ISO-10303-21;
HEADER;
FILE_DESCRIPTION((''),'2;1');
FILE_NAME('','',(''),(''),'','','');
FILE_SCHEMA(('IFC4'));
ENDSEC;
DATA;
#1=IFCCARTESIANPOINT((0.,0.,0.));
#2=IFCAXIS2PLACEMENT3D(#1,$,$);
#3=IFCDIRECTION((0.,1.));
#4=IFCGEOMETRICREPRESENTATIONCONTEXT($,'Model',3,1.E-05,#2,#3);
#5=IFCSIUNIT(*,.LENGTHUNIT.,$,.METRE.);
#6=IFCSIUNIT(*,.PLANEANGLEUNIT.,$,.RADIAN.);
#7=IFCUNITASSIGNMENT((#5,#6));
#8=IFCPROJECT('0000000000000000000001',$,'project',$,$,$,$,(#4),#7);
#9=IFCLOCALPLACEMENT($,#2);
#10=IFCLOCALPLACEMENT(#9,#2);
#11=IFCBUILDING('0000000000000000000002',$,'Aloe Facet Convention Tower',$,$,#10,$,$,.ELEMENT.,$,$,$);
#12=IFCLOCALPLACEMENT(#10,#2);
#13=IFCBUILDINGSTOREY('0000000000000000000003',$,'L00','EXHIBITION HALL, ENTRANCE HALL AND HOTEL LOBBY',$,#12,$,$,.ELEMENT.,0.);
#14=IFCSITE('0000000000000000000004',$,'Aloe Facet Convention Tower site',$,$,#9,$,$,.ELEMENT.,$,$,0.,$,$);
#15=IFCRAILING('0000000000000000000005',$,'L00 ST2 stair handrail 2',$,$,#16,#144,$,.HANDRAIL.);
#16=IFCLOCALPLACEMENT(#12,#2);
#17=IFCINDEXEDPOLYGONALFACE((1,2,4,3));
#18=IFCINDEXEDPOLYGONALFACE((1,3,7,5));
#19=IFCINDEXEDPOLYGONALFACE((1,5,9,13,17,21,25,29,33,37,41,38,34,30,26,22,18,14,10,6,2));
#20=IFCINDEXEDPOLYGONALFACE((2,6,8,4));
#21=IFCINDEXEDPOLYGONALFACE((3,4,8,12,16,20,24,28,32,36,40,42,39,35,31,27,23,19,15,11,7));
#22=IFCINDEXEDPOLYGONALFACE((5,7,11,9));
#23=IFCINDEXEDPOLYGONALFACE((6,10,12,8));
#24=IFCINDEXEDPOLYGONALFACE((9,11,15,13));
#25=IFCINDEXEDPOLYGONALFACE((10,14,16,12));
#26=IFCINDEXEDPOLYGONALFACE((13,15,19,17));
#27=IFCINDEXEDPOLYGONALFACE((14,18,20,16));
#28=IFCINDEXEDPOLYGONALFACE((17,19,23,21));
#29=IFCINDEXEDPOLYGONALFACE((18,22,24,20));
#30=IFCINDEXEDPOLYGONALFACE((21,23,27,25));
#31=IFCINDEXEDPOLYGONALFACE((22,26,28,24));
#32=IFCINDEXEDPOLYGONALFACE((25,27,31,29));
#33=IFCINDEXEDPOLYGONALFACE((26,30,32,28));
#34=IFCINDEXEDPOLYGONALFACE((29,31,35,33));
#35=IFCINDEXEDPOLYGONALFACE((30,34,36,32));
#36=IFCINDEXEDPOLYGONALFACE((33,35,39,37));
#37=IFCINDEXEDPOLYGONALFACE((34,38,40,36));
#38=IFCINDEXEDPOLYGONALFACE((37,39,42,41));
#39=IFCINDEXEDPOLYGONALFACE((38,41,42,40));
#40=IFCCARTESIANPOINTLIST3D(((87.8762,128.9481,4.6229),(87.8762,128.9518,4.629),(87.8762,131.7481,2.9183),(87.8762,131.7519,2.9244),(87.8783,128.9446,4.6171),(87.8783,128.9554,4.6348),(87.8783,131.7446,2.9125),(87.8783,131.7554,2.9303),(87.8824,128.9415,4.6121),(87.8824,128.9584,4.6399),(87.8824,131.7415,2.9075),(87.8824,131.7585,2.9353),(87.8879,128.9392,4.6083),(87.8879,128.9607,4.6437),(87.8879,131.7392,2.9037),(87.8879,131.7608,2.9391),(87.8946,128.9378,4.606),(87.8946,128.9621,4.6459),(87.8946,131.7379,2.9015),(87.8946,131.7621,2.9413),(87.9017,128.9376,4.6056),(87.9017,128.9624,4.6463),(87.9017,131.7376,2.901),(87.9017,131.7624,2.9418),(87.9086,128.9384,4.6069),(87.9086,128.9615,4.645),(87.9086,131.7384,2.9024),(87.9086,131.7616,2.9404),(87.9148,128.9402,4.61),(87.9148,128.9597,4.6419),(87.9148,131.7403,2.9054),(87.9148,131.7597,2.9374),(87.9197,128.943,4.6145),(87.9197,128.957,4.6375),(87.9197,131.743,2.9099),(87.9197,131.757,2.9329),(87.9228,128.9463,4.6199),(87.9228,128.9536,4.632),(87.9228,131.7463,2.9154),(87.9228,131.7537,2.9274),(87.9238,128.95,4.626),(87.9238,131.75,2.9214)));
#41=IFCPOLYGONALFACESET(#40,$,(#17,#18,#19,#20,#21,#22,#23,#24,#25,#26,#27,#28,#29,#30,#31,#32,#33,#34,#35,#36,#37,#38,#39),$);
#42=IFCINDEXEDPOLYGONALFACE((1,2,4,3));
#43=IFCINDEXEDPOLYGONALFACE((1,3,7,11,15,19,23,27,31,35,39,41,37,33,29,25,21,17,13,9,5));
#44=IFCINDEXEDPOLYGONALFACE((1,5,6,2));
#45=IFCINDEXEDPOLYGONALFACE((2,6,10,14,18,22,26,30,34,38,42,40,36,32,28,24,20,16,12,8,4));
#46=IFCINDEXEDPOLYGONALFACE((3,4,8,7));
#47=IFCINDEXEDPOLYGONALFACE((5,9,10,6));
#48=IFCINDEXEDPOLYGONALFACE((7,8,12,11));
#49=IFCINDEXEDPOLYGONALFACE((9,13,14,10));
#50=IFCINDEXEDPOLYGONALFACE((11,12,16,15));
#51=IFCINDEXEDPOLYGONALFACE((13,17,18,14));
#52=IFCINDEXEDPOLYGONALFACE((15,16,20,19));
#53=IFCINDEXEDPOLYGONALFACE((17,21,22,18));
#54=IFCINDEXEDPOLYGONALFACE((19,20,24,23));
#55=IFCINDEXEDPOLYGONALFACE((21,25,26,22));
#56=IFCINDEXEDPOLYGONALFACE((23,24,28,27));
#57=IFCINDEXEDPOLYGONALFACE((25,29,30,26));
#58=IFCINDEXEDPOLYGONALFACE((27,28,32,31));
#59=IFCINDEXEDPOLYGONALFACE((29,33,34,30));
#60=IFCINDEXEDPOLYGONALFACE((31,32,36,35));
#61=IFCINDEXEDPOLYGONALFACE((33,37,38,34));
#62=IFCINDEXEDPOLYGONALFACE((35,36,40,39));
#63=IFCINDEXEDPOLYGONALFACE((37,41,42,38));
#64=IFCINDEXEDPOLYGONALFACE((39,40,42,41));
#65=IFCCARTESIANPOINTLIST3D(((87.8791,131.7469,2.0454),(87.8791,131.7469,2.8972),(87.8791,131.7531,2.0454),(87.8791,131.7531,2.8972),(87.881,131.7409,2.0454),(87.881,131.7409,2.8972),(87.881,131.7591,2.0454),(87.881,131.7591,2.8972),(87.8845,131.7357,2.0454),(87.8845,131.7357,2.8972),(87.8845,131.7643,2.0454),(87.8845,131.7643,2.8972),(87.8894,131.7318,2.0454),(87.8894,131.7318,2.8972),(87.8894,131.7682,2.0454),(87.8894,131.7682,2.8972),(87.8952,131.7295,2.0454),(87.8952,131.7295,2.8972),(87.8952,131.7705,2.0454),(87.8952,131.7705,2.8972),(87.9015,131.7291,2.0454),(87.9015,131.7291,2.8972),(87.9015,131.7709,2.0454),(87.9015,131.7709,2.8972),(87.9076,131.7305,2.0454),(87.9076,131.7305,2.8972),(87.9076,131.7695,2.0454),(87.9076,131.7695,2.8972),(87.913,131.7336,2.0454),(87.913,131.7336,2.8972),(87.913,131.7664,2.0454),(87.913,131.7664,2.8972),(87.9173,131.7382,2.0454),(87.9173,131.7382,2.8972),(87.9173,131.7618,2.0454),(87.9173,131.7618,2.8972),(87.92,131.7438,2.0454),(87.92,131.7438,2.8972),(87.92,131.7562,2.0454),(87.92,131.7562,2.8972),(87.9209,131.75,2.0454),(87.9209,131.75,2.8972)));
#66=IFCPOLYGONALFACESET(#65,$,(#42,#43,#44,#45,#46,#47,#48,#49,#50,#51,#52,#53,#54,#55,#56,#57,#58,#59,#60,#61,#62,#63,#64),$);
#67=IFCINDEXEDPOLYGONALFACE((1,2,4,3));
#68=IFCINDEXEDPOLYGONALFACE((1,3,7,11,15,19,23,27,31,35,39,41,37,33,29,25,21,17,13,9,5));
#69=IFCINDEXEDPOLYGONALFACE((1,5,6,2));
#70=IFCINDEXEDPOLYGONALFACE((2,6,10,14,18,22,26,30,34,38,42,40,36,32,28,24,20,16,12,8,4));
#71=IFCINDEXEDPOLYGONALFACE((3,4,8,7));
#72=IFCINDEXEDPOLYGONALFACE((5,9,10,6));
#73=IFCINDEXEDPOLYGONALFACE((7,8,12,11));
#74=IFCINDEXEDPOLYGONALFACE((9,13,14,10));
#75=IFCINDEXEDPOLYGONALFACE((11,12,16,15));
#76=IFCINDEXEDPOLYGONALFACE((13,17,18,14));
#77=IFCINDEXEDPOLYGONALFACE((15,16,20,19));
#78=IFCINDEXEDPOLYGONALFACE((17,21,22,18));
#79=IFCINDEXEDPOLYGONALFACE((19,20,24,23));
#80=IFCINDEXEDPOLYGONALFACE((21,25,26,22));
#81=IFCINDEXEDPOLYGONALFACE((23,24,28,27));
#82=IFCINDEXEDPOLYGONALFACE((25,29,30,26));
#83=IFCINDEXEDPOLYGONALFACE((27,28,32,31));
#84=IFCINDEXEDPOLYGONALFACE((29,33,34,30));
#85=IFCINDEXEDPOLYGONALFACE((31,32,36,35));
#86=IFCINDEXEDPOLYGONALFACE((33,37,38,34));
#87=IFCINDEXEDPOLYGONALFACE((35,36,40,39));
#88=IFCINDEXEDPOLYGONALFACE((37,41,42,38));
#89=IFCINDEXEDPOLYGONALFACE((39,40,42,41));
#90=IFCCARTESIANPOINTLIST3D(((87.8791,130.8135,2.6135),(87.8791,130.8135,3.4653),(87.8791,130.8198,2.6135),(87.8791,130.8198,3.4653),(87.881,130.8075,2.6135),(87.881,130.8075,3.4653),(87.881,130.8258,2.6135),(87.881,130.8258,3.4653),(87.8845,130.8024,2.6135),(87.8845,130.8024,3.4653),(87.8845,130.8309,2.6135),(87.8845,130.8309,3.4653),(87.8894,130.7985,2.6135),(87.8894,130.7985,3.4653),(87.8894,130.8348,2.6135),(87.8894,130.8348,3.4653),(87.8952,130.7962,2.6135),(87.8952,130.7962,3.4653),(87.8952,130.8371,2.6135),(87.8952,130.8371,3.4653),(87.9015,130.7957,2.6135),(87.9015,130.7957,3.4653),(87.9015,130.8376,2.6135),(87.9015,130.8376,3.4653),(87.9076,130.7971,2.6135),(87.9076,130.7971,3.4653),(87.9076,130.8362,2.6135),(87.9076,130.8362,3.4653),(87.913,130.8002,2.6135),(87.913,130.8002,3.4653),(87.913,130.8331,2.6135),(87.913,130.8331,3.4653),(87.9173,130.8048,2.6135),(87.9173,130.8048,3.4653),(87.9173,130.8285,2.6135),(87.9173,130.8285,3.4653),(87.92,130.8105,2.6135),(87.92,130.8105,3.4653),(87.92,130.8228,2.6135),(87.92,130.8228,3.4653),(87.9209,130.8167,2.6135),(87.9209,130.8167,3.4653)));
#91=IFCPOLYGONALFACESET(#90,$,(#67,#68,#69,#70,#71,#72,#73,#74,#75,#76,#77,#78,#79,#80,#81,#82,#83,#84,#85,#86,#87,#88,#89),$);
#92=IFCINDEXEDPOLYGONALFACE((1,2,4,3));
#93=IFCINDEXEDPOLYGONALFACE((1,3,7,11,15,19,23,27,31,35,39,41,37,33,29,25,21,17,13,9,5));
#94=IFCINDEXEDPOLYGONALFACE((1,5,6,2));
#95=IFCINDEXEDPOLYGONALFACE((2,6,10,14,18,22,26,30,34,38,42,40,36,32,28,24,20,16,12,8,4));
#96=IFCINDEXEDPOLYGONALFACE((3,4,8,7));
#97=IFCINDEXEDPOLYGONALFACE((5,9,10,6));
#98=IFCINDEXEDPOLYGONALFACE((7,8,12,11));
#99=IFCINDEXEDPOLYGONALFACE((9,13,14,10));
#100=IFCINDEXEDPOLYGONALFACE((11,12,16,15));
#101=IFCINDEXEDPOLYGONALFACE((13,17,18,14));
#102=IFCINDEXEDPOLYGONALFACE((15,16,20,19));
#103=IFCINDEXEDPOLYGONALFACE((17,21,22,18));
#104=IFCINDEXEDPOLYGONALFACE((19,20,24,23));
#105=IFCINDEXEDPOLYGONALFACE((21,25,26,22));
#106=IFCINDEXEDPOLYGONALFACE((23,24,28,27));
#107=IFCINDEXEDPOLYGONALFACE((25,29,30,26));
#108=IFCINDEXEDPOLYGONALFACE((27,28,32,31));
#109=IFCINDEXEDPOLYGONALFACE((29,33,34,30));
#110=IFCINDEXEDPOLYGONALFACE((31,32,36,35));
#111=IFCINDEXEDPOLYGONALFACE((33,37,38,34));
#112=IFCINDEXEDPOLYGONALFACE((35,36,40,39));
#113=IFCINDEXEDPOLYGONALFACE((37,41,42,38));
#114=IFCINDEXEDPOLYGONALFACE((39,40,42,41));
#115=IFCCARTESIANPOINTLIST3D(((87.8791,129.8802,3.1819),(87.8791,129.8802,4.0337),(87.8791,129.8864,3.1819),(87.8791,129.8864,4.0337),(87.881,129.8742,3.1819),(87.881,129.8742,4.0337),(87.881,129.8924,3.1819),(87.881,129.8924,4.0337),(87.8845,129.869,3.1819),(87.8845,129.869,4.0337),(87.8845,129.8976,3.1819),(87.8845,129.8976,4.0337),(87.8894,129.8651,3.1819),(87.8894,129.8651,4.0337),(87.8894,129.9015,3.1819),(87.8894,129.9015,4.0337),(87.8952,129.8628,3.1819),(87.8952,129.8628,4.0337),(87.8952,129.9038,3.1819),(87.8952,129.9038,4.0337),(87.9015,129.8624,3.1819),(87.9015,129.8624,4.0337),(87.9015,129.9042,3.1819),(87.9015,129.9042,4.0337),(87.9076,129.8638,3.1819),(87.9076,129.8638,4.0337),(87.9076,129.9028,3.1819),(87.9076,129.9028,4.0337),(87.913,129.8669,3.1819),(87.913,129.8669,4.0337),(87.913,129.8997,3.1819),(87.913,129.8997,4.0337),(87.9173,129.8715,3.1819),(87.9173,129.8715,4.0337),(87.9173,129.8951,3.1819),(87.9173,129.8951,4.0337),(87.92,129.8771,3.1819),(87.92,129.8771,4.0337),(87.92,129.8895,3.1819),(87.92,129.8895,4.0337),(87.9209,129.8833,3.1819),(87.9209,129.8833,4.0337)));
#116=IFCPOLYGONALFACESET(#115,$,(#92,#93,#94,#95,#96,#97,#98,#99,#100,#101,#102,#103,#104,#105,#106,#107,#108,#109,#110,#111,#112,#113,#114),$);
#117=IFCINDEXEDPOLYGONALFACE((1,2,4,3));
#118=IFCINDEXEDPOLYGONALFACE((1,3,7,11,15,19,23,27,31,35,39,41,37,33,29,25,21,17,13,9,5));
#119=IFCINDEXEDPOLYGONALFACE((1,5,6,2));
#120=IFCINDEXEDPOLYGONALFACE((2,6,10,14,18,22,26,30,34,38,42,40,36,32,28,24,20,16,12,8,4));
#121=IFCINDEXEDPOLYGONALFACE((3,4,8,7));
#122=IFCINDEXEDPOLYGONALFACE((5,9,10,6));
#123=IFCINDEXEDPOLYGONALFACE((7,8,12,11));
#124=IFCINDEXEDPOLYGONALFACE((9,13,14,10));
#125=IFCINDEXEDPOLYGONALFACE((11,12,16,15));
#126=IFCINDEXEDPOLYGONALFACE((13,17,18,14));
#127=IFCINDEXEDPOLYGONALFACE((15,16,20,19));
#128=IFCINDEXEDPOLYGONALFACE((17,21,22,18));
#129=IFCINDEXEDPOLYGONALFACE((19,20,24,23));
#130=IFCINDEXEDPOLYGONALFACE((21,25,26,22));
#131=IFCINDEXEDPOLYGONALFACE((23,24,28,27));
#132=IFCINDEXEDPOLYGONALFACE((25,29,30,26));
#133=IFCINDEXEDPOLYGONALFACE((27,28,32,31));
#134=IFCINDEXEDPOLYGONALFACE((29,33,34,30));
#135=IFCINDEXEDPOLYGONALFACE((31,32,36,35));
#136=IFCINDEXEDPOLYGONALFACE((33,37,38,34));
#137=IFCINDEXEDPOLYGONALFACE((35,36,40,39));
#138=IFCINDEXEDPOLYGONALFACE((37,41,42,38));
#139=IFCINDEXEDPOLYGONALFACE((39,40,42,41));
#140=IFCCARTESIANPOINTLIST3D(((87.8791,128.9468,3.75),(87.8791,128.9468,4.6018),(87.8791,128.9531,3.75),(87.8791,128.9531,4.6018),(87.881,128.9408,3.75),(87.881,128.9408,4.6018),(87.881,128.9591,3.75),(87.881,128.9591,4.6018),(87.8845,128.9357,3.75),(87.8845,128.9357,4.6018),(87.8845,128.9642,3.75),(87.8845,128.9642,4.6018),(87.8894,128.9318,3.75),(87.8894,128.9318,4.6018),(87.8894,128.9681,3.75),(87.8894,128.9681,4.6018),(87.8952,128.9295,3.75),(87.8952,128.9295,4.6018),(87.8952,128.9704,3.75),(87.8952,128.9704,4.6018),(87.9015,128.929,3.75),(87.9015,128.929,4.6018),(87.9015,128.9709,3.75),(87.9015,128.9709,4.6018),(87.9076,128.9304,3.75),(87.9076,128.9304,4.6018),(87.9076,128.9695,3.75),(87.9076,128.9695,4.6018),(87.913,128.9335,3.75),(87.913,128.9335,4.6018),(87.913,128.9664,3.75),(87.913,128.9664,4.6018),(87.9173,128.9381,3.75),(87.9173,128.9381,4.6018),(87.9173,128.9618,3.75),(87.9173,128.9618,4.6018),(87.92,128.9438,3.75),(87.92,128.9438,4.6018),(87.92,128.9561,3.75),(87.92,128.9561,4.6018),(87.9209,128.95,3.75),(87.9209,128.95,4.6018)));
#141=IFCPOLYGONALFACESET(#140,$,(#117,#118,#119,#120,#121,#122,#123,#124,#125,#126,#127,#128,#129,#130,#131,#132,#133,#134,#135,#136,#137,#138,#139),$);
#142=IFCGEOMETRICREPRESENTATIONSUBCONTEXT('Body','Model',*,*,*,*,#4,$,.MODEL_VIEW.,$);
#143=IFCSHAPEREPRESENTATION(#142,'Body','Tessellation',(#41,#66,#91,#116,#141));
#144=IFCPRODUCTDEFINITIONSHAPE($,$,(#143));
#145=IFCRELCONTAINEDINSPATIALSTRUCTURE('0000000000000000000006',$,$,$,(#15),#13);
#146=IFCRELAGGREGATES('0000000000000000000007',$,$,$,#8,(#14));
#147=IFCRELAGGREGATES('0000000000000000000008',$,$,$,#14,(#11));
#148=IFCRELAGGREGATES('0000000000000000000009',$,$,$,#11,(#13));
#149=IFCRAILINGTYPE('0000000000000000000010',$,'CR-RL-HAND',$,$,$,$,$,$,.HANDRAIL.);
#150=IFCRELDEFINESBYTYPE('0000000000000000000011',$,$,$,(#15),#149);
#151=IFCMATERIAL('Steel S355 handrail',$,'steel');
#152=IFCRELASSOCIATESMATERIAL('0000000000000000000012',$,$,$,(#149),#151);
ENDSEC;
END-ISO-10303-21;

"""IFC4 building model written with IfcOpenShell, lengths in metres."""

from ifc_helpers import new_model, si_unit, direction, frame, origin, origin_2d, place, context, subcontext, project, spatial, circle, extrude, material, type_object, element, save


model = new_model("IFC4")

# Units and contexts
model_context = context("Model", 3, precision=1e-05, world=origin(), true_north=direction((0.0, 1.0)))
body_context = subcontext(model_context, "Body", "Model", "MODEL_VIEW")
ifc_project = project(units=[si_unit("LENGTHUNIT", "METRE"), si_unit("PLANEANGLEUNIT", "RADIAN")], contexts=[model_context])

# Site, building, storey
site_placement = place(None, origin())
site = spatial("IfcSite", under=ifc_project, at=site_placement, Name="Aloe Facet Convention Tower site", CompositionType="ELEMENT", RefElevation=0.0)
building_placement = place(site_placement, origin())
building = spatial("IfcBuilding", under=site, at=building_placement, Name="Aloe Facet Convention Tower", CompositionType="ELEMENT")
storey_placement = place(building_placement, origin())
storey = spatial("IfcBuildingStorey", under=building, at=storey_placement, Name="L00", Description="EXHIBITION HALL, ENTRANCE HALL AND HOTEL LOBBY", CompositionType="ELEMENT", Elevation=0.0)

# Railing
ifc_material_1 = material(Name="Steel S355 handrail", Category="steel")
railing_type_1 = type_object("IfcRailingType", Name="CR-RL-HAND", PredefinedType="HANDRAIL", material=ifc_material_1)
for number, where, name in (
    (1, (87.8999, 131.75, 2.0454), "L00 ST2 stair handrail 2"),
):
    element("IfcRailing", number, at=place(storey_placement, frame(where)), inside=storey, type_object=railing_type_1, Name=name, PredefinedType="HANDRAIL", context=body_context, shape_type="SweptSolid", body=[
        extrude(circle(Radius=0.0239, at=origin_2d()), frame((0.0, 0.0, 0.876), z_axis=(0.0, -0.85417, 0.519994), x_axis=(1.0, 0.0, 0.0)), (0.0, 0.0, 1.0), 3.2781),
        extrude(circle(Radius=0.021, at=origin_2d()), origin(), (0.0, 0.0, 1.0), 0.8518),
        extrude(circle(Radius=0.021, at=origin_2d()), frame((0.0, -0.9333, 0.5681)), (0.0, 0.0, 1.0), 0.8518),
        extrude(circle(Radius=0.021, at=origin_2d()), frame((0.0, -1.8667, 1.1365)), (0.0, 0.0, 1.0), 0.8518),
        extrude(circle(Radius=0.021, at=origin_2d()), frame((0.0, -2.8, 1.7046)), (0.0, 0.0, 1.0), 0.8518),
    ])

save(model, "model.ifc")
